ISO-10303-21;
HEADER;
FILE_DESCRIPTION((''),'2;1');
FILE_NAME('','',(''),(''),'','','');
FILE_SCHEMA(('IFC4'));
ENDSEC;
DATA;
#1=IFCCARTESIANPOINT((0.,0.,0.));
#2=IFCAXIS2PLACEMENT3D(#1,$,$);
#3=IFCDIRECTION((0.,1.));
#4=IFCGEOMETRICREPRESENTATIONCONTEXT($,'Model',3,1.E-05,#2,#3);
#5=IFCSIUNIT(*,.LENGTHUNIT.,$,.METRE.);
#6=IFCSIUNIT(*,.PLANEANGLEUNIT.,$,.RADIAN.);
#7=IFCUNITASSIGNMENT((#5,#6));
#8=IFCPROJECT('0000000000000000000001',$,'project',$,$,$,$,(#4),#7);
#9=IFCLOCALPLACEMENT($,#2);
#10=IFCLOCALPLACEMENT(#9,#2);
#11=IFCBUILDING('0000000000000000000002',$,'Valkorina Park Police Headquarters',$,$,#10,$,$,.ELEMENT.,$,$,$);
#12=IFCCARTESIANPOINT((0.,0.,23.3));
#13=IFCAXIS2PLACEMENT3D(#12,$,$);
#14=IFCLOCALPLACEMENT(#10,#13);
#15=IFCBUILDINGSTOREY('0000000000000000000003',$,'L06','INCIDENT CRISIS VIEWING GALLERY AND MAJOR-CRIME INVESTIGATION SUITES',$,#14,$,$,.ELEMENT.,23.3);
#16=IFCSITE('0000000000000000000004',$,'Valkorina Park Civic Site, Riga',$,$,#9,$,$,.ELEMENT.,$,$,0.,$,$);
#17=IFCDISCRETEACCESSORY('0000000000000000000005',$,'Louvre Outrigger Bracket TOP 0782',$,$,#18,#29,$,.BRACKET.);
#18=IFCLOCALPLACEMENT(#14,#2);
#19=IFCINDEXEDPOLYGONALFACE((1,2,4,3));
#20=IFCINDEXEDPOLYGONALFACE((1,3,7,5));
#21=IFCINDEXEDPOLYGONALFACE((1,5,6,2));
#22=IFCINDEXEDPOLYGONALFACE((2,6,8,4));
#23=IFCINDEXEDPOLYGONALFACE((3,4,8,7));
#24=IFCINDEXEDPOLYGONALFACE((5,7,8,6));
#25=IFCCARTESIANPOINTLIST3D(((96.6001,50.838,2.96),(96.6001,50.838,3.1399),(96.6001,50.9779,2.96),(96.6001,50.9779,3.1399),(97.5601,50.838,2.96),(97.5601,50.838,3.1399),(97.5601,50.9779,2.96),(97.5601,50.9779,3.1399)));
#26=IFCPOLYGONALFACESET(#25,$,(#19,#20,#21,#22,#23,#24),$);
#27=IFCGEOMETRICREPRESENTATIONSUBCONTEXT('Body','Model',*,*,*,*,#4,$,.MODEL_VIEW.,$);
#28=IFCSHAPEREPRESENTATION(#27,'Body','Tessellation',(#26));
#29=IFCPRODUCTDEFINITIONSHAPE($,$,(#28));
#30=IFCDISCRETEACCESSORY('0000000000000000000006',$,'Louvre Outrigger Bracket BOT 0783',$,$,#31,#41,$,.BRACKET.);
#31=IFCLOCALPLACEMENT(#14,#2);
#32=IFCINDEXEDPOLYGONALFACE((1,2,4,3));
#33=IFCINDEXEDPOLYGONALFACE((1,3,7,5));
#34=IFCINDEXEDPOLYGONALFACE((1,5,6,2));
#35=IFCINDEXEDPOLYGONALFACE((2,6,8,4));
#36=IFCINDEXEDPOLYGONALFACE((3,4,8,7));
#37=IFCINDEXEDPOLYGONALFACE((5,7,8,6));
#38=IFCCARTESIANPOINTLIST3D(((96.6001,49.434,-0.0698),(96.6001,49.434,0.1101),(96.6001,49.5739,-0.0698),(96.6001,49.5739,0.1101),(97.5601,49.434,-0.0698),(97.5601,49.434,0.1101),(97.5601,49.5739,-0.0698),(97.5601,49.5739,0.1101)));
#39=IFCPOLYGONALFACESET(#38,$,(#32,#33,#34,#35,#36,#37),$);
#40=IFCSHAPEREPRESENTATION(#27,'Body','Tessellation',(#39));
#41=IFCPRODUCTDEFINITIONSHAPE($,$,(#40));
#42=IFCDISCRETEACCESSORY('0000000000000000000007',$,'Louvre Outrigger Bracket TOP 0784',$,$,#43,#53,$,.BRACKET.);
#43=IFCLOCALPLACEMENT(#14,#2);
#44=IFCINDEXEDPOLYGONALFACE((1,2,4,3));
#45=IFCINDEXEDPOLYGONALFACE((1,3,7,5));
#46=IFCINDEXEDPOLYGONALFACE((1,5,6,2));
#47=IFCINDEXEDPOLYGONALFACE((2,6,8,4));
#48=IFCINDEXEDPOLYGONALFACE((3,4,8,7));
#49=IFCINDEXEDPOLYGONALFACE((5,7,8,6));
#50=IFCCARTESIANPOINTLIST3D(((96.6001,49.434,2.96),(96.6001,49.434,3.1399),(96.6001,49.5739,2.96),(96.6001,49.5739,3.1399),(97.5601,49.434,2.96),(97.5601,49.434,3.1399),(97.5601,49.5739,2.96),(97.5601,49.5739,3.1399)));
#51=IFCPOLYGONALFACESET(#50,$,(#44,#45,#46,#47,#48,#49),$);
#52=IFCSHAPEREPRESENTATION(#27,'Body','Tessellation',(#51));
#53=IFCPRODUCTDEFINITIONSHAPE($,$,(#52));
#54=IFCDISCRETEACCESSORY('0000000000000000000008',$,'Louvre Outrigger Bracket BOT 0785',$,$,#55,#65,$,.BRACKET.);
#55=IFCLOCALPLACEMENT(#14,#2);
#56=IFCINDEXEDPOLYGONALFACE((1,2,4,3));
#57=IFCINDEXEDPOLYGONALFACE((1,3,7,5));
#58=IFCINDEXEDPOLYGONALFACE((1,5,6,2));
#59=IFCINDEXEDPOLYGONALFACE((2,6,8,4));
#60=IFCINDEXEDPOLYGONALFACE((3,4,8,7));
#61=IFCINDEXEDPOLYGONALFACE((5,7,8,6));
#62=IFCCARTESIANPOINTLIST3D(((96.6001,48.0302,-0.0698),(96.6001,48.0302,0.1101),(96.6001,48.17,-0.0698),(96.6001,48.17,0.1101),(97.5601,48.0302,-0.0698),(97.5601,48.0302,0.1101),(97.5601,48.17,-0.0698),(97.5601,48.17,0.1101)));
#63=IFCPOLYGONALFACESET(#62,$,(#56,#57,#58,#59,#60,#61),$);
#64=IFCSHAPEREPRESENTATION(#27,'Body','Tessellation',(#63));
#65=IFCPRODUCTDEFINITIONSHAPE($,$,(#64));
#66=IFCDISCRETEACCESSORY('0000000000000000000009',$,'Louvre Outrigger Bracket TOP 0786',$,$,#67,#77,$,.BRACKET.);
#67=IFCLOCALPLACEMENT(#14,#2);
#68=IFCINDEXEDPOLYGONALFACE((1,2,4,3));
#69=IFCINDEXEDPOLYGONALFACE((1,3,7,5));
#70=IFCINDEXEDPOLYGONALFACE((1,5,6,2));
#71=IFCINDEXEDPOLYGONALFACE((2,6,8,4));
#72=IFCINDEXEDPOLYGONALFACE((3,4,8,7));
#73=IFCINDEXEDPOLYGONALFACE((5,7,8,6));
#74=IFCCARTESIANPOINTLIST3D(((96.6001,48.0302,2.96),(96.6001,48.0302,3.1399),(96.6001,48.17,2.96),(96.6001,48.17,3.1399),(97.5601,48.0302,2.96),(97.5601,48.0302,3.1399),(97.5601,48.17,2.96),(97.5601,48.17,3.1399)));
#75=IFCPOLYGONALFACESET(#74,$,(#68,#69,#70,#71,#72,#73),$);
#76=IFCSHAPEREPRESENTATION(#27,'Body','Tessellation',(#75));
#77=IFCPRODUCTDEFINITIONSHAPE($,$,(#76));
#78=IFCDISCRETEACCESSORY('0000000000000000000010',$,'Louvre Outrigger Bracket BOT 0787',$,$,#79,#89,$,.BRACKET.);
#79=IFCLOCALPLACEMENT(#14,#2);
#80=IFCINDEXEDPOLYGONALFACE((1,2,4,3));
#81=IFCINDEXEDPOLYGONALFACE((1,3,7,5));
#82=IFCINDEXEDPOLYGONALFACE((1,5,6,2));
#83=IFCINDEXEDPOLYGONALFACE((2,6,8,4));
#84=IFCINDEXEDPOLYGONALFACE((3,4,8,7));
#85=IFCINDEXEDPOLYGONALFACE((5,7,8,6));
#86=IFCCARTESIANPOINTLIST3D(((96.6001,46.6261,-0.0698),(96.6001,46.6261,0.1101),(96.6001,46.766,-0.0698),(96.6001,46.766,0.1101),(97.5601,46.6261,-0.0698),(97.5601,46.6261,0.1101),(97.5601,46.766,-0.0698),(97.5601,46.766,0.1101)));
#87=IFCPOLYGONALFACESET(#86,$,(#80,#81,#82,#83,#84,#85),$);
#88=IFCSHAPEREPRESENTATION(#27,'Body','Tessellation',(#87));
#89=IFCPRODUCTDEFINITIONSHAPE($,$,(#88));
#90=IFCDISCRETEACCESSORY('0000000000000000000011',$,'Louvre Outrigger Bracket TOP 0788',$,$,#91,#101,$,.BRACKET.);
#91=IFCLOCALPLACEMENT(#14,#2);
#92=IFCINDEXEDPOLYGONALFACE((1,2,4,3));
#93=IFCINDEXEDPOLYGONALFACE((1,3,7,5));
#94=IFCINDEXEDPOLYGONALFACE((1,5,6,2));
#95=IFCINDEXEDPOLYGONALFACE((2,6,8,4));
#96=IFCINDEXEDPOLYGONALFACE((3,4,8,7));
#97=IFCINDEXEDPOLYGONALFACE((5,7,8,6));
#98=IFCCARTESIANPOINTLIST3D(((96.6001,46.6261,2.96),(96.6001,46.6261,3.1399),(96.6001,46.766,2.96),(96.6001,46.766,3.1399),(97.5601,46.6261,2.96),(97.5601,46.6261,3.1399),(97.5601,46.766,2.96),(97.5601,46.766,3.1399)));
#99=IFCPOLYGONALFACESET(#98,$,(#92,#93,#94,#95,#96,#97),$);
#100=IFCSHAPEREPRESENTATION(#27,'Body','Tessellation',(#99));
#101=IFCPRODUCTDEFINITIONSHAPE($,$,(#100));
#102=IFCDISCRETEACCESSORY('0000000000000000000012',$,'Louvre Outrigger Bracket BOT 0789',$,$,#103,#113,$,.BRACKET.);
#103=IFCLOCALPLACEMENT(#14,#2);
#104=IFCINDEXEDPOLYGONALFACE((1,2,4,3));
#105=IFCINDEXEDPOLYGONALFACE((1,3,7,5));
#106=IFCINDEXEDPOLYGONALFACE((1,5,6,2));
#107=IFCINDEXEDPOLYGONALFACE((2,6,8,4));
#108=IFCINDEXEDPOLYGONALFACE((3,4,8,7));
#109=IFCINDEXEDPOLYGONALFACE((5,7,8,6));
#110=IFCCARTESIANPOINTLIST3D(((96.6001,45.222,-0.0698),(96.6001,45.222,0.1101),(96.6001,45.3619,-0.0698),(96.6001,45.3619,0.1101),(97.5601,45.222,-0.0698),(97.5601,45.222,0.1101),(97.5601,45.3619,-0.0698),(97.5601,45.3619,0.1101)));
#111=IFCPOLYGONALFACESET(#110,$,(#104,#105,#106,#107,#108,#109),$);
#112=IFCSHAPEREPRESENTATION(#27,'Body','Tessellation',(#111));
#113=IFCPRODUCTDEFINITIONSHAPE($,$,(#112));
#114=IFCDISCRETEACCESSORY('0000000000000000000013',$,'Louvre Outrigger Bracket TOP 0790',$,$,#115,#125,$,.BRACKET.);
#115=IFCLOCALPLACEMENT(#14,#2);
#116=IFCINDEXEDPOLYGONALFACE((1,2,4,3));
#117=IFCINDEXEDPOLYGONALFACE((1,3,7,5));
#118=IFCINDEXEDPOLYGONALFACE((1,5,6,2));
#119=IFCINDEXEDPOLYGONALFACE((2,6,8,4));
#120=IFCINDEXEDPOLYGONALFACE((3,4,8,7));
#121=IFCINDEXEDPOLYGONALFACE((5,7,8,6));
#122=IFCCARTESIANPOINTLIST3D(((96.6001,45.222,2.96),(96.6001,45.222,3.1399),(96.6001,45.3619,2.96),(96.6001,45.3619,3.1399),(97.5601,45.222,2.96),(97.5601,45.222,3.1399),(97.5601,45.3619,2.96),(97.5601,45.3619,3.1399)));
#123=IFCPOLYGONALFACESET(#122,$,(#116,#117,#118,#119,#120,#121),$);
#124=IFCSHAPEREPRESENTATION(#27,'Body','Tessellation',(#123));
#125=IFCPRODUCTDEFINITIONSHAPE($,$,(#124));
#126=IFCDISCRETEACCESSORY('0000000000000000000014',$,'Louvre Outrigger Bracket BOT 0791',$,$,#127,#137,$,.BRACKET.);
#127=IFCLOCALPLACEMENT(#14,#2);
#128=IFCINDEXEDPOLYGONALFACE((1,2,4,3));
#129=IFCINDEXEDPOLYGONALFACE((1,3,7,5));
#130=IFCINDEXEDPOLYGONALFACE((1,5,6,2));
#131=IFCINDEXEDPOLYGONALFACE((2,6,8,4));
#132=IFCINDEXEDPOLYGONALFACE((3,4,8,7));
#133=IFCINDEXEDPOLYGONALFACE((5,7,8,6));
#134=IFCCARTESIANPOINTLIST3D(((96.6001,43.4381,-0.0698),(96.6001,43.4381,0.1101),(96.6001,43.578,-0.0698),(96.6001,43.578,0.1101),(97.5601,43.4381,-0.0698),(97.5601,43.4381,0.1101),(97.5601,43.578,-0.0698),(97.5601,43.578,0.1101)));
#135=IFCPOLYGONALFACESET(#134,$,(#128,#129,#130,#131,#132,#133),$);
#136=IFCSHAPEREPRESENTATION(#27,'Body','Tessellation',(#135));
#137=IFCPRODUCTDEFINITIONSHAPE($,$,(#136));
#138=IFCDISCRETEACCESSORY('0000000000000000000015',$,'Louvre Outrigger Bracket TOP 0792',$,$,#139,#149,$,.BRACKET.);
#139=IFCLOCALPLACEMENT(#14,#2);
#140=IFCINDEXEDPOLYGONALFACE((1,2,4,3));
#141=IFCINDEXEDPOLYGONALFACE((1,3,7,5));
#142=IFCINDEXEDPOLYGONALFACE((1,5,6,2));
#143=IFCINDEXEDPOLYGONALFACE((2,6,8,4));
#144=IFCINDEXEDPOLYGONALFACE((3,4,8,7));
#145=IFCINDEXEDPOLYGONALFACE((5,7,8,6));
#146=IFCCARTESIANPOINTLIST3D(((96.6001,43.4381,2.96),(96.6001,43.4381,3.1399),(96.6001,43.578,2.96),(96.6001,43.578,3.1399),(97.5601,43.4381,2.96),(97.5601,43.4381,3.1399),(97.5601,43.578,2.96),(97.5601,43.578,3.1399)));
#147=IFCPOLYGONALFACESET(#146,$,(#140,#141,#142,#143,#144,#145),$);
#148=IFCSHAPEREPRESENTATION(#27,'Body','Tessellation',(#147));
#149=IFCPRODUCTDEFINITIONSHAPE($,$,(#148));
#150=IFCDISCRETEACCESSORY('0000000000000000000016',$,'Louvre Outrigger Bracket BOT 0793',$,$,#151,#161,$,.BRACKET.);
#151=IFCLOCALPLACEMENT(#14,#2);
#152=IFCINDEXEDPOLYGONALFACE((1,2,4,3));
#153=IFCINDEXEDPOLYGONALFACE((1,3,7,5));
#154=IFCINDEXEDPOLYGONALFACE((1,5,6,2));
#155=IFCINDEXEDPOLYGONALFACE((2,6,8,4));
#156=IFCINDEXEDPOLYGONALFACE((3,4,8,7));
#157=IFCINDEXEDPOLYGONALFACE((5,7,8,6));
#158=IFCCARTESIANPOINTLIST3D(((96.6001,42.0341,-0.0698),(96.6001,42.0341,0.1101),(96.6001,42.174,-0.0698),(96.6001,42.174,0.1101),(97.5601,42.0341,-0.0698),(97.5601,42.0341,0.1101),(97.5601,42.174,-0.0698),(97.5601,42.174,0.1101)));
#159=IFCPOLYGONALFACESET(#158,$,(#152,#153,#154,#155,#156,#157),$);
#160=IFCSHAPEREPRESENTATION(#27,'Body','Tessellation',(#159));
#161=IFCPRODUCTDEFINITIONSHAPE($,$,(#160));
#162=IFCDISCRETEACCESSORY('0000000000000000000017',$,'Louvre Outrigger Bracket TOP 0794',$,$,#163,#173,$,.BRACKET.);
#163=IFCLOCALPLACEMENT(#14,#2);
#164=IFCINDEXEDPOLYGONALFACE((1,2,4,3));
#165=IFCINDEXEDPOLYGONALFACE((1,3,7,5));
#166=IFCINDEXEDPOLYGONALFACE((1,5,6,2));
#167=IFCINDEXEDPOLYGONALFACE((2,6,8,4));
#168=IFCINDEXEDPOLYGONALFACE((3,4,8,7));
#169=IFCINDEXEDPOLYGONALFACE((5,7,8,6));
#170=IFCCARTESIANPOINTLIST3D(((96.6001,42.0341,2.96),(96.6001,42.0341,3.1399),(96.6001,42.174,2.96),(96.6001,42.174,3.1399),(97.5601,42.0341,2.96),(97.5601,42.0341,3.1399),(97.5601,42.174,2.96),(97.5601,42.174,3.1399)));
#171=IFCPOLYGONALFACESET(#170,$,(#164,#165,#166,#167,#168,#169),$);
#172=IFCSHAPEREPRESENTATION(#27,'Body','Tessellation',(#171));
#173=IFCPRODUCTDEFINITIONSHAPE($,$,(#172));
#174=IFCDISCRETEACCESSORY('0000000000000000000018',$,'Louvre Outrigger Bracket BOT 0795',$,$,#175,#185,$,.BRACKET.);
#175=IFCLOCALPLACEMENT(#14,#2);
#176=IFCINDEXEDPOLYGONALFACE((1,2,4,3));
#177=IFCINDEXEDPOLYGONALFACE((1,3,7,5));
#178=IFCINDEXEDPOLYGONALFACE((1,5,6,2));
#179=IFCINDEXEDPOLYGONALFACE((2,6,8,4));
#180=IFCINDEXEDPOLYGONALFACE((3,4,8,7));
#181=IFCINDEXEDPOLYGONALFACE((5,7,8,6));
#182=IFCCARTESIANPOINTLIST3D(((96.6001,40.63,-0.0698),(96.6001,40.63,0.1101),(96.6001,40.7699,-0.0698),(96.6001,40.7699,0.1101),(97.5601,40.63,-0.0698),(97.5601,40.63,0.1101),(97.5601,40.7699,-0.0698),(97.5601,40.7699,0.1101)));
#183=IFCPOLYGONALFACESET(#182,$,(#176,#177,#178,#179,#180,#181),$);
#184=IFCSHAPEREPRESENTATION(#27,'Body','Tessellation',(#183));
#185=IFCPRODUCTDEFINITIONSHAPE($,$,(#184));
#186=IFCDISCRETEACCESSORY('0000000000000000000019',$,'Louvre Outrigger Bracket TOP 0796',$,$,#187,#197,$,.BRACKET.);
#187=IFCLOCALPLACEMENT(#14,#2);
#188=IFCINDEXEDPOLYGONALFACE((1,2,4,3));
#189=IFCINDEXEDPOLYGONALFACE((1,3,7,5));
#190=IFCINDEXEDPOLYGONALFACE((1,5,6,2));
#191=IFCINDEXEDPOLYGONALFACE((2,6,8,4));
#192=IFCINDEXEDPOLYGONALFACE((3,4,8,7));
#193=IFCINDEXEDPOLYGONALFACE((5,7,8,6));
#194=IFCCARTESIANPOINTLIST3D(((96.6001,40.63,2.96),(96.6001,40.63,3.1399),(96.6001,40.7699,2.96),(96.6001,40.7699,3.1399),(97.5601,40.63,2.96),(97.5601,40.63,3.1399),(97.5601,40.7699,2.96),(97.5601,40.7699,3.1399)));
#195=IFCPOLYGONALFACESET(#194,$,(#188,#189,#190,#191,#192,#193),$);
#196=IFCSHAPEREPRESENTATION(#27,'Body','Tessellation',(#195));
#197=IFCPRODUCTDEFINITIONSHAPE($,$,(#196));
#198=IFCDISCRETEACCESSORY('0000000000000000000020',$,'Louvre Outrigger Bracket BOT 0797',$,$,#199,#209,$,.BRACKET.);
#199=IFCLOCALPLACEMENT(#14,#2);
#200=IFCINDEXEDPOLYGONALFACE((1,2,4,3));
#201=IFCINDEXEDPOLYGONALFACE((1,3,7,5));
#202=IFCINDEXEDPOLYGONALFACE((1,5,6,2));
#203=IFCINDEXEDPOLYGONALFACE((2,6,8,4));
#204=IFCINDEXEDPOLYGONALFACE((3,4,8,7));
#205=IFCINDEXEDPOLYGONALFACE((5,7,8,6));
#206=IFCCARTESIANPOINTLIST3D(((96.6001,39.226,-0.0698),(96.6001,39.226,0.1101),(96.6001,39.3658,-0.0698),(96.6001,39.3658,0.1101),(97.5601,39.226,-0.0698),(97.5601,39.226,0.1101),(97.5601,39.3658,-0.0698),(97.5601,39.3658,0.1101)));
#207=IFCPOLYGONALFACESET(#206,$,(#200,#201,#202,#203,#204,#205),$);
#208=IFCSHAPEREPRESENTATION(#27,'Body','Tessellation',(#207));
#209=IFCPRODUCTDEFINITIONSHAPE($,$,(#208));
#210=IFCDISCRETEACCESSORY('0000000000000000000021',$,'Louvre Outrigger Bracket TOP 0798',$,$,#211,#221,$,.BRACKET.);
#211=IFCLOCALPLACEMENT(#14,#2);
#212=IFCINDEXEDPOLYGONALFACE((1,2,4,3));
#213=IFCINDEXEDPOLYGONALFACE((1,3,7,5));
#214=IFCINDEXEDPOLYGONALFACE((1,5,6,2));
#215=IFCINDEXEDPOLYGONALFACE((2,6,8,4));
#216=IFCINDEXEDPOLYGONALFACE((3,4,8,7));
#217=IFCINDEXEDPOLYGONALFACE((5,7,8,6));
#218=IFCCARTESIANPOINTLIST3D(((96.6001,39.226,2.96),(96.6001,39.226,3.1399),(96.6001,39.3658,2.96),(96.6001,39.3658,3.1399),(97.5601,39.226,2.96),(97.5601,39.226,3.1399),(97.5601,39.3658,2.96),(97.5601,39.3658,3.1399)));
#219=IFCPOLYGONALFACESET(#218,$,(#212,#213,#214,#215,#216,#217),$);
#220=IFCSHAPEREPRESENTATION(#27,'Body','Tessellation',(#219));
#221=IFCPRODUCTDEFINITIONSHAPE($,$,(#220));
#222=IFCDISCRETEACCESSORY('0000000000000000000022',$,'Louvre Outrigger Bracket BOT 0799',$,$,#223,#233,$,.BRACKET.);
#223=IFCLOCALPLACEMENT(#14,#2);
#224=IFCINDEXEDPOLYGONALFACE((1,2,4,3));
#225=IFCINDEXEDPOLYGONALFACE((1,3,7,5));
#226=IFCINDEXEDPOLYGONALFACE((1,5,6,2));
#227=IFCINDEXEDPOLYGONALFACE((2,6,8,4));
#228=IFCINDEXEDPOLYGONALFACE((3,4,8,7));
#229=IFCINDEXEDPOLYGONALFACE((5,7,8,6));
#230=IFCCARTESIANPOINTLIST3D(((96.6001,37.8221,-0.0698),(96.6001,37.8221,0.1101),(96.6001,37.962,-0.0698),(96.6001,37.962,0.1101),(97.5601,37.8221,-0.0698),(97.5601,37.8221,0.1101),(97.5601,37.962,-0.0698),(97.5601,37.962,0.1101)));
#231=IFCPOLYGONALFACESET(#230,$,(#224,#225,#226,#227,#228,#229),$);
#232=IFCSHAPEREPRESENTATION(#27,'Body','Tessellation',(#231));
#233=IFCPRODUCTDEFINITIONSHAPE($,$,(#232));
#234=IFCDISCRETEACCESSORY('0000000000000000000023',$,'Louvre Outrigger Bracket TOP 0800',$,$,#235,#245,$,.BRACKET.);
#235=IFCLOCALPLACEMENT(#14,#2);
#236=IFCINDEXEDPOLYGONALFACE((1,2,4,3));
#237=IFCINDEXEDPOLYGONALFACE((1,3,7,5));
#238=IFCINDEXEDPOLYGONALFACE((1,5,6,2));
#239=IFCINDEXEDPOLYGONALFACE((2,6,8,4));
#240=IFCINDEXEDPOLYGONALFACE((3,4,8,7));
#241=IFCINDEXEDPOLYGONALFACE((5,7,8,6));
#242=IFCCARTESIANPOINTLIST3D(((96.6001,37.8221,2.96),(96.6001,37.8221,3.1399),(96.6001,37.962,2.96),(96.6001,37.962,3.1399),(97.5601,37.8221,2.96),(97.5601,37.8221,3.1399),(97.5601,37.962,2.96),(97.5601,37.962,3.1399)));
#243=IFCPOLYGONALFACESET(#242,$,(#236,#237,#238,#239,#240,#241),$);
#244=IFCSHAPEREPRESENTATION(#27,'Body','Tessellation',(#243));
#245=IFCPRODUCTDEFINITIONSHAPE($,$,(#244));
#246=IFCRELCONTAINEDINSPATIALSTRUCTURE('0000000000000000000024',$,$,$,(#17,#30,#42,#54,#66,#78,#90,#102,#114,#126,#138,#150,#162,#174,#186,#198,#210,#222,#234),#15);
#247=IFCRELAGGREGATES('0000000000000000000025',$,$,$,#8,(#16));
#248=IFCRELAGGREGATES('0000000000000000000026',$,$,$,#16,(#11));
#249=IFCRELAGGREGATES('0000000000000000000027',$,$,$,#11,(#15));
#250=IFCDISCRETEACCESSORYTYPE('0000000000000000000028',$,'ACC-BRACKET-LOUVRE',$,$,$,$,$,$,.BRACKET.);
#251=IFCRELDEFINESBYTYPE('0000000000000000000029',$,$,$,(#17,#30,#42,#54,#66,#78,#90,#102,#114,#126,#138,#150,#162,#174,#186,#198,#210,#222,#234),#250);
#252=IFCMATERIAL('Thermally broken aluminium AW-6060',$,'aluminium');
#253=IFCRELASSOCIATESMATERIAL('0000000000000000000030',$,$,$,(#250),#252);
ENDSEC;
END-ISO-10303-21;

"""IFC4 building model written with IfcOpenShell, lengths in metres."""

from ifc_helpers import new_model, si_unit, direction, frame, origin, origin_2d, place, context, subcontext, project, spatial, rectangle, extrude, material, type_object, element, save


model = new_model("IFC4")

# Units and contexts
model_context = context("Model", 3, precision=1e-05, world=origin(), true_north=direction((0.0, 1.0)))
body_context = subcontext(model_context, "Body", "Model", "MODEL_VIEW")
ifc_project = project(units=[si_unit("LENGTHUNIT", "METRE"), si_unit("PLANEANGLEUNIT", "RADIAN")], contexts=[model_context])

# Site, building, storey
site_placement = place(None, origin())
site = spatial("IfcSite", under=ifc_project, at=site_placement, Name="Valkorina Park Civic Site, Riga", CompositionType="ELEMENT", RefElevation=0.0)
building_placement = place(site_placement, origin())
building = spatial("IfcBuilding", under=site, at=building_placement, Name="Valkorina Park Police Headquarters", CompositionType="ELEMENT")
storey_placement = place(building_placement, frame((0.0, 0.0, 23.3)))
storey = spatial("IfcBuildingStorey", under=building, at=storey_placement, Name="L06", Description="INCIDENT CRISIS VIEWING GALLERY AND MAJOR-CRIME INVESTIGATION SUITES", CompositionType="ELEMENT", Elevation=23.3)

# Discrete accessories
ifc_material_1 = material(Name="Thermally broken aluminium AW-6060", Category="aluminium")
discrete_accessory_type = type_object("IfcDiscreteAccessoryType", Name="ACC-BRACKET-LOUVRE", PredefinedType="BRACKET", material=ifc_material_1)
for number, where, z_axis, x_axis, name in (
    (1, (97.0801, 50.908, 2.96), (0.0, 0.0, 1.0), (1.0, 0.0, 0.0), "Louvre Outrigger Bracket TOP 0782"),
    (2, (97.0801, 49.5039, -0.0698), (0.0, 0.0, 1.0), (1.0, 0.0, 0.0), "Louvre Outrigger Bracket BOT 0783"),
    (3, (97.0801, 49.5039, 2.96), (0.0, 0.0, 1.0), (1.0, 0.0, 0.0), "Louvre Outrigger Bracket TOP 0784"),
    (4, (97.0801, 48.1001, -0.0698), (0.0, 0.0, 1.0), (1.0, 0.0, 0.0), "Louvre Outrigger Bracket BOT 0785"),
    (5, (97.0801, 48.1001, 2.96), (0.0, 0.0, 1.0), (1.0, 0.0, 0.0), "Louvre Outrigger Bracket TOP 0786"),
    (6, (97.0801, 46.696, -0.0698), (0.0, 0.0, 1.0), (1.0, 0.0, 0.0), "Louvre Outrigger Bracket BOT 0787"),
    (7, (97.0801, 46.696, 2.96), (0.0, 0.0, 1.0), (1.0, 0.0, 0.0), "Louvre Outrigger Bracket TOP 0788"),
    (8, (97.0801, 45.292, -0.0698), (0.0, 0.0, 1.0), (1.0, 0.0, 0.0), "Louvre Outrigger Bracket BOT 0789"),
    (9, (97.0801, 45.292, 2.96), (0.0, 0.0, 1.0), (1.0, 0.0, 0.0), "Louvre Outrigger Bracket TOP 0790"),
    (10, (97.0801, 43.5081, -0.0698), (0.0, 0.0, 1.0), (1.0, 0.0, 0.0), "Louvre Outrigger Bracket BOT 0791"),
    (11, (97.0801, 43.5081, 2.96), (0.0, 0.0, 1.0), (1.0, 0.0, 0.0), "Louvre Outrigger Bracket TOP 0792"),
    (12, (97.0801, 42.104, -0.0698), (0.0, 0.0, 1.0), (1.0, 0.0, 0.0), "Louvre Outrigger Bracket BOT 0793"),
    (13, (97.0801, 42.104, 2.96), (0.0, 0.0, 1.0), (1.0, 0.0, 0.0), "Louvre Outrigger Bracket TOP 0794"),
    (14, (97.0801, 40.7, -0.0698), (0.0, 0.0, 1.0), (1.0, 0.0, 0.0), "Louvre Outrigger Bracket BOT 0795"),
    (15, (97.0801, 40.7, 2.96), (0.0, 0.0, 1.0), (1.0, 0.0, 0.0), "Louvre Outrigger Bracket TOP 0796"),
    (16, (97.0801, 39.2959, -0.0698), (0.0, 0.0, 1.0), (1.0, 0.0, 0.0), "Louvre Outrigger Bracket BOT 0797"),
    (17, (97.0801, 39.2959, 2.96), (0.0, 0.0, 1.0), (1.0, 0.0, 0.0), "Louvre Outrigger Bracket TOP 0798"),
    (18, (97.0801, 37.8921, -0.0698), (0.0, 0.0, 1.0), (1.0, 0.0, 0.0), "Louvre Outrigger Bracket BOT 0799"),
    (19, (97.0801, 37.8921, 2.96), (0.0, 0.0, 1.0), (1.0, 0.0, 0.0), "Louvre Outrigger Bracket TOP 0800"),
):
    element("IfcDiscreteAccessory", number, at=place(storey_placement, frame(where, z_axis=z_axis, x_axis=x_axis)), inside=storey, type_object=discrete_accessory_type, Name=name, PredefinedType="BRACKET", context=body_context, shape_type="SweptSolid", body=[
        extrude(rectangle(XDim=0.96, YDim=0.1399, at=origin_2d()), origin(), (0.0, 0.0, 1.0), 0.1799),
    ])

save(model, "model.ifc")
